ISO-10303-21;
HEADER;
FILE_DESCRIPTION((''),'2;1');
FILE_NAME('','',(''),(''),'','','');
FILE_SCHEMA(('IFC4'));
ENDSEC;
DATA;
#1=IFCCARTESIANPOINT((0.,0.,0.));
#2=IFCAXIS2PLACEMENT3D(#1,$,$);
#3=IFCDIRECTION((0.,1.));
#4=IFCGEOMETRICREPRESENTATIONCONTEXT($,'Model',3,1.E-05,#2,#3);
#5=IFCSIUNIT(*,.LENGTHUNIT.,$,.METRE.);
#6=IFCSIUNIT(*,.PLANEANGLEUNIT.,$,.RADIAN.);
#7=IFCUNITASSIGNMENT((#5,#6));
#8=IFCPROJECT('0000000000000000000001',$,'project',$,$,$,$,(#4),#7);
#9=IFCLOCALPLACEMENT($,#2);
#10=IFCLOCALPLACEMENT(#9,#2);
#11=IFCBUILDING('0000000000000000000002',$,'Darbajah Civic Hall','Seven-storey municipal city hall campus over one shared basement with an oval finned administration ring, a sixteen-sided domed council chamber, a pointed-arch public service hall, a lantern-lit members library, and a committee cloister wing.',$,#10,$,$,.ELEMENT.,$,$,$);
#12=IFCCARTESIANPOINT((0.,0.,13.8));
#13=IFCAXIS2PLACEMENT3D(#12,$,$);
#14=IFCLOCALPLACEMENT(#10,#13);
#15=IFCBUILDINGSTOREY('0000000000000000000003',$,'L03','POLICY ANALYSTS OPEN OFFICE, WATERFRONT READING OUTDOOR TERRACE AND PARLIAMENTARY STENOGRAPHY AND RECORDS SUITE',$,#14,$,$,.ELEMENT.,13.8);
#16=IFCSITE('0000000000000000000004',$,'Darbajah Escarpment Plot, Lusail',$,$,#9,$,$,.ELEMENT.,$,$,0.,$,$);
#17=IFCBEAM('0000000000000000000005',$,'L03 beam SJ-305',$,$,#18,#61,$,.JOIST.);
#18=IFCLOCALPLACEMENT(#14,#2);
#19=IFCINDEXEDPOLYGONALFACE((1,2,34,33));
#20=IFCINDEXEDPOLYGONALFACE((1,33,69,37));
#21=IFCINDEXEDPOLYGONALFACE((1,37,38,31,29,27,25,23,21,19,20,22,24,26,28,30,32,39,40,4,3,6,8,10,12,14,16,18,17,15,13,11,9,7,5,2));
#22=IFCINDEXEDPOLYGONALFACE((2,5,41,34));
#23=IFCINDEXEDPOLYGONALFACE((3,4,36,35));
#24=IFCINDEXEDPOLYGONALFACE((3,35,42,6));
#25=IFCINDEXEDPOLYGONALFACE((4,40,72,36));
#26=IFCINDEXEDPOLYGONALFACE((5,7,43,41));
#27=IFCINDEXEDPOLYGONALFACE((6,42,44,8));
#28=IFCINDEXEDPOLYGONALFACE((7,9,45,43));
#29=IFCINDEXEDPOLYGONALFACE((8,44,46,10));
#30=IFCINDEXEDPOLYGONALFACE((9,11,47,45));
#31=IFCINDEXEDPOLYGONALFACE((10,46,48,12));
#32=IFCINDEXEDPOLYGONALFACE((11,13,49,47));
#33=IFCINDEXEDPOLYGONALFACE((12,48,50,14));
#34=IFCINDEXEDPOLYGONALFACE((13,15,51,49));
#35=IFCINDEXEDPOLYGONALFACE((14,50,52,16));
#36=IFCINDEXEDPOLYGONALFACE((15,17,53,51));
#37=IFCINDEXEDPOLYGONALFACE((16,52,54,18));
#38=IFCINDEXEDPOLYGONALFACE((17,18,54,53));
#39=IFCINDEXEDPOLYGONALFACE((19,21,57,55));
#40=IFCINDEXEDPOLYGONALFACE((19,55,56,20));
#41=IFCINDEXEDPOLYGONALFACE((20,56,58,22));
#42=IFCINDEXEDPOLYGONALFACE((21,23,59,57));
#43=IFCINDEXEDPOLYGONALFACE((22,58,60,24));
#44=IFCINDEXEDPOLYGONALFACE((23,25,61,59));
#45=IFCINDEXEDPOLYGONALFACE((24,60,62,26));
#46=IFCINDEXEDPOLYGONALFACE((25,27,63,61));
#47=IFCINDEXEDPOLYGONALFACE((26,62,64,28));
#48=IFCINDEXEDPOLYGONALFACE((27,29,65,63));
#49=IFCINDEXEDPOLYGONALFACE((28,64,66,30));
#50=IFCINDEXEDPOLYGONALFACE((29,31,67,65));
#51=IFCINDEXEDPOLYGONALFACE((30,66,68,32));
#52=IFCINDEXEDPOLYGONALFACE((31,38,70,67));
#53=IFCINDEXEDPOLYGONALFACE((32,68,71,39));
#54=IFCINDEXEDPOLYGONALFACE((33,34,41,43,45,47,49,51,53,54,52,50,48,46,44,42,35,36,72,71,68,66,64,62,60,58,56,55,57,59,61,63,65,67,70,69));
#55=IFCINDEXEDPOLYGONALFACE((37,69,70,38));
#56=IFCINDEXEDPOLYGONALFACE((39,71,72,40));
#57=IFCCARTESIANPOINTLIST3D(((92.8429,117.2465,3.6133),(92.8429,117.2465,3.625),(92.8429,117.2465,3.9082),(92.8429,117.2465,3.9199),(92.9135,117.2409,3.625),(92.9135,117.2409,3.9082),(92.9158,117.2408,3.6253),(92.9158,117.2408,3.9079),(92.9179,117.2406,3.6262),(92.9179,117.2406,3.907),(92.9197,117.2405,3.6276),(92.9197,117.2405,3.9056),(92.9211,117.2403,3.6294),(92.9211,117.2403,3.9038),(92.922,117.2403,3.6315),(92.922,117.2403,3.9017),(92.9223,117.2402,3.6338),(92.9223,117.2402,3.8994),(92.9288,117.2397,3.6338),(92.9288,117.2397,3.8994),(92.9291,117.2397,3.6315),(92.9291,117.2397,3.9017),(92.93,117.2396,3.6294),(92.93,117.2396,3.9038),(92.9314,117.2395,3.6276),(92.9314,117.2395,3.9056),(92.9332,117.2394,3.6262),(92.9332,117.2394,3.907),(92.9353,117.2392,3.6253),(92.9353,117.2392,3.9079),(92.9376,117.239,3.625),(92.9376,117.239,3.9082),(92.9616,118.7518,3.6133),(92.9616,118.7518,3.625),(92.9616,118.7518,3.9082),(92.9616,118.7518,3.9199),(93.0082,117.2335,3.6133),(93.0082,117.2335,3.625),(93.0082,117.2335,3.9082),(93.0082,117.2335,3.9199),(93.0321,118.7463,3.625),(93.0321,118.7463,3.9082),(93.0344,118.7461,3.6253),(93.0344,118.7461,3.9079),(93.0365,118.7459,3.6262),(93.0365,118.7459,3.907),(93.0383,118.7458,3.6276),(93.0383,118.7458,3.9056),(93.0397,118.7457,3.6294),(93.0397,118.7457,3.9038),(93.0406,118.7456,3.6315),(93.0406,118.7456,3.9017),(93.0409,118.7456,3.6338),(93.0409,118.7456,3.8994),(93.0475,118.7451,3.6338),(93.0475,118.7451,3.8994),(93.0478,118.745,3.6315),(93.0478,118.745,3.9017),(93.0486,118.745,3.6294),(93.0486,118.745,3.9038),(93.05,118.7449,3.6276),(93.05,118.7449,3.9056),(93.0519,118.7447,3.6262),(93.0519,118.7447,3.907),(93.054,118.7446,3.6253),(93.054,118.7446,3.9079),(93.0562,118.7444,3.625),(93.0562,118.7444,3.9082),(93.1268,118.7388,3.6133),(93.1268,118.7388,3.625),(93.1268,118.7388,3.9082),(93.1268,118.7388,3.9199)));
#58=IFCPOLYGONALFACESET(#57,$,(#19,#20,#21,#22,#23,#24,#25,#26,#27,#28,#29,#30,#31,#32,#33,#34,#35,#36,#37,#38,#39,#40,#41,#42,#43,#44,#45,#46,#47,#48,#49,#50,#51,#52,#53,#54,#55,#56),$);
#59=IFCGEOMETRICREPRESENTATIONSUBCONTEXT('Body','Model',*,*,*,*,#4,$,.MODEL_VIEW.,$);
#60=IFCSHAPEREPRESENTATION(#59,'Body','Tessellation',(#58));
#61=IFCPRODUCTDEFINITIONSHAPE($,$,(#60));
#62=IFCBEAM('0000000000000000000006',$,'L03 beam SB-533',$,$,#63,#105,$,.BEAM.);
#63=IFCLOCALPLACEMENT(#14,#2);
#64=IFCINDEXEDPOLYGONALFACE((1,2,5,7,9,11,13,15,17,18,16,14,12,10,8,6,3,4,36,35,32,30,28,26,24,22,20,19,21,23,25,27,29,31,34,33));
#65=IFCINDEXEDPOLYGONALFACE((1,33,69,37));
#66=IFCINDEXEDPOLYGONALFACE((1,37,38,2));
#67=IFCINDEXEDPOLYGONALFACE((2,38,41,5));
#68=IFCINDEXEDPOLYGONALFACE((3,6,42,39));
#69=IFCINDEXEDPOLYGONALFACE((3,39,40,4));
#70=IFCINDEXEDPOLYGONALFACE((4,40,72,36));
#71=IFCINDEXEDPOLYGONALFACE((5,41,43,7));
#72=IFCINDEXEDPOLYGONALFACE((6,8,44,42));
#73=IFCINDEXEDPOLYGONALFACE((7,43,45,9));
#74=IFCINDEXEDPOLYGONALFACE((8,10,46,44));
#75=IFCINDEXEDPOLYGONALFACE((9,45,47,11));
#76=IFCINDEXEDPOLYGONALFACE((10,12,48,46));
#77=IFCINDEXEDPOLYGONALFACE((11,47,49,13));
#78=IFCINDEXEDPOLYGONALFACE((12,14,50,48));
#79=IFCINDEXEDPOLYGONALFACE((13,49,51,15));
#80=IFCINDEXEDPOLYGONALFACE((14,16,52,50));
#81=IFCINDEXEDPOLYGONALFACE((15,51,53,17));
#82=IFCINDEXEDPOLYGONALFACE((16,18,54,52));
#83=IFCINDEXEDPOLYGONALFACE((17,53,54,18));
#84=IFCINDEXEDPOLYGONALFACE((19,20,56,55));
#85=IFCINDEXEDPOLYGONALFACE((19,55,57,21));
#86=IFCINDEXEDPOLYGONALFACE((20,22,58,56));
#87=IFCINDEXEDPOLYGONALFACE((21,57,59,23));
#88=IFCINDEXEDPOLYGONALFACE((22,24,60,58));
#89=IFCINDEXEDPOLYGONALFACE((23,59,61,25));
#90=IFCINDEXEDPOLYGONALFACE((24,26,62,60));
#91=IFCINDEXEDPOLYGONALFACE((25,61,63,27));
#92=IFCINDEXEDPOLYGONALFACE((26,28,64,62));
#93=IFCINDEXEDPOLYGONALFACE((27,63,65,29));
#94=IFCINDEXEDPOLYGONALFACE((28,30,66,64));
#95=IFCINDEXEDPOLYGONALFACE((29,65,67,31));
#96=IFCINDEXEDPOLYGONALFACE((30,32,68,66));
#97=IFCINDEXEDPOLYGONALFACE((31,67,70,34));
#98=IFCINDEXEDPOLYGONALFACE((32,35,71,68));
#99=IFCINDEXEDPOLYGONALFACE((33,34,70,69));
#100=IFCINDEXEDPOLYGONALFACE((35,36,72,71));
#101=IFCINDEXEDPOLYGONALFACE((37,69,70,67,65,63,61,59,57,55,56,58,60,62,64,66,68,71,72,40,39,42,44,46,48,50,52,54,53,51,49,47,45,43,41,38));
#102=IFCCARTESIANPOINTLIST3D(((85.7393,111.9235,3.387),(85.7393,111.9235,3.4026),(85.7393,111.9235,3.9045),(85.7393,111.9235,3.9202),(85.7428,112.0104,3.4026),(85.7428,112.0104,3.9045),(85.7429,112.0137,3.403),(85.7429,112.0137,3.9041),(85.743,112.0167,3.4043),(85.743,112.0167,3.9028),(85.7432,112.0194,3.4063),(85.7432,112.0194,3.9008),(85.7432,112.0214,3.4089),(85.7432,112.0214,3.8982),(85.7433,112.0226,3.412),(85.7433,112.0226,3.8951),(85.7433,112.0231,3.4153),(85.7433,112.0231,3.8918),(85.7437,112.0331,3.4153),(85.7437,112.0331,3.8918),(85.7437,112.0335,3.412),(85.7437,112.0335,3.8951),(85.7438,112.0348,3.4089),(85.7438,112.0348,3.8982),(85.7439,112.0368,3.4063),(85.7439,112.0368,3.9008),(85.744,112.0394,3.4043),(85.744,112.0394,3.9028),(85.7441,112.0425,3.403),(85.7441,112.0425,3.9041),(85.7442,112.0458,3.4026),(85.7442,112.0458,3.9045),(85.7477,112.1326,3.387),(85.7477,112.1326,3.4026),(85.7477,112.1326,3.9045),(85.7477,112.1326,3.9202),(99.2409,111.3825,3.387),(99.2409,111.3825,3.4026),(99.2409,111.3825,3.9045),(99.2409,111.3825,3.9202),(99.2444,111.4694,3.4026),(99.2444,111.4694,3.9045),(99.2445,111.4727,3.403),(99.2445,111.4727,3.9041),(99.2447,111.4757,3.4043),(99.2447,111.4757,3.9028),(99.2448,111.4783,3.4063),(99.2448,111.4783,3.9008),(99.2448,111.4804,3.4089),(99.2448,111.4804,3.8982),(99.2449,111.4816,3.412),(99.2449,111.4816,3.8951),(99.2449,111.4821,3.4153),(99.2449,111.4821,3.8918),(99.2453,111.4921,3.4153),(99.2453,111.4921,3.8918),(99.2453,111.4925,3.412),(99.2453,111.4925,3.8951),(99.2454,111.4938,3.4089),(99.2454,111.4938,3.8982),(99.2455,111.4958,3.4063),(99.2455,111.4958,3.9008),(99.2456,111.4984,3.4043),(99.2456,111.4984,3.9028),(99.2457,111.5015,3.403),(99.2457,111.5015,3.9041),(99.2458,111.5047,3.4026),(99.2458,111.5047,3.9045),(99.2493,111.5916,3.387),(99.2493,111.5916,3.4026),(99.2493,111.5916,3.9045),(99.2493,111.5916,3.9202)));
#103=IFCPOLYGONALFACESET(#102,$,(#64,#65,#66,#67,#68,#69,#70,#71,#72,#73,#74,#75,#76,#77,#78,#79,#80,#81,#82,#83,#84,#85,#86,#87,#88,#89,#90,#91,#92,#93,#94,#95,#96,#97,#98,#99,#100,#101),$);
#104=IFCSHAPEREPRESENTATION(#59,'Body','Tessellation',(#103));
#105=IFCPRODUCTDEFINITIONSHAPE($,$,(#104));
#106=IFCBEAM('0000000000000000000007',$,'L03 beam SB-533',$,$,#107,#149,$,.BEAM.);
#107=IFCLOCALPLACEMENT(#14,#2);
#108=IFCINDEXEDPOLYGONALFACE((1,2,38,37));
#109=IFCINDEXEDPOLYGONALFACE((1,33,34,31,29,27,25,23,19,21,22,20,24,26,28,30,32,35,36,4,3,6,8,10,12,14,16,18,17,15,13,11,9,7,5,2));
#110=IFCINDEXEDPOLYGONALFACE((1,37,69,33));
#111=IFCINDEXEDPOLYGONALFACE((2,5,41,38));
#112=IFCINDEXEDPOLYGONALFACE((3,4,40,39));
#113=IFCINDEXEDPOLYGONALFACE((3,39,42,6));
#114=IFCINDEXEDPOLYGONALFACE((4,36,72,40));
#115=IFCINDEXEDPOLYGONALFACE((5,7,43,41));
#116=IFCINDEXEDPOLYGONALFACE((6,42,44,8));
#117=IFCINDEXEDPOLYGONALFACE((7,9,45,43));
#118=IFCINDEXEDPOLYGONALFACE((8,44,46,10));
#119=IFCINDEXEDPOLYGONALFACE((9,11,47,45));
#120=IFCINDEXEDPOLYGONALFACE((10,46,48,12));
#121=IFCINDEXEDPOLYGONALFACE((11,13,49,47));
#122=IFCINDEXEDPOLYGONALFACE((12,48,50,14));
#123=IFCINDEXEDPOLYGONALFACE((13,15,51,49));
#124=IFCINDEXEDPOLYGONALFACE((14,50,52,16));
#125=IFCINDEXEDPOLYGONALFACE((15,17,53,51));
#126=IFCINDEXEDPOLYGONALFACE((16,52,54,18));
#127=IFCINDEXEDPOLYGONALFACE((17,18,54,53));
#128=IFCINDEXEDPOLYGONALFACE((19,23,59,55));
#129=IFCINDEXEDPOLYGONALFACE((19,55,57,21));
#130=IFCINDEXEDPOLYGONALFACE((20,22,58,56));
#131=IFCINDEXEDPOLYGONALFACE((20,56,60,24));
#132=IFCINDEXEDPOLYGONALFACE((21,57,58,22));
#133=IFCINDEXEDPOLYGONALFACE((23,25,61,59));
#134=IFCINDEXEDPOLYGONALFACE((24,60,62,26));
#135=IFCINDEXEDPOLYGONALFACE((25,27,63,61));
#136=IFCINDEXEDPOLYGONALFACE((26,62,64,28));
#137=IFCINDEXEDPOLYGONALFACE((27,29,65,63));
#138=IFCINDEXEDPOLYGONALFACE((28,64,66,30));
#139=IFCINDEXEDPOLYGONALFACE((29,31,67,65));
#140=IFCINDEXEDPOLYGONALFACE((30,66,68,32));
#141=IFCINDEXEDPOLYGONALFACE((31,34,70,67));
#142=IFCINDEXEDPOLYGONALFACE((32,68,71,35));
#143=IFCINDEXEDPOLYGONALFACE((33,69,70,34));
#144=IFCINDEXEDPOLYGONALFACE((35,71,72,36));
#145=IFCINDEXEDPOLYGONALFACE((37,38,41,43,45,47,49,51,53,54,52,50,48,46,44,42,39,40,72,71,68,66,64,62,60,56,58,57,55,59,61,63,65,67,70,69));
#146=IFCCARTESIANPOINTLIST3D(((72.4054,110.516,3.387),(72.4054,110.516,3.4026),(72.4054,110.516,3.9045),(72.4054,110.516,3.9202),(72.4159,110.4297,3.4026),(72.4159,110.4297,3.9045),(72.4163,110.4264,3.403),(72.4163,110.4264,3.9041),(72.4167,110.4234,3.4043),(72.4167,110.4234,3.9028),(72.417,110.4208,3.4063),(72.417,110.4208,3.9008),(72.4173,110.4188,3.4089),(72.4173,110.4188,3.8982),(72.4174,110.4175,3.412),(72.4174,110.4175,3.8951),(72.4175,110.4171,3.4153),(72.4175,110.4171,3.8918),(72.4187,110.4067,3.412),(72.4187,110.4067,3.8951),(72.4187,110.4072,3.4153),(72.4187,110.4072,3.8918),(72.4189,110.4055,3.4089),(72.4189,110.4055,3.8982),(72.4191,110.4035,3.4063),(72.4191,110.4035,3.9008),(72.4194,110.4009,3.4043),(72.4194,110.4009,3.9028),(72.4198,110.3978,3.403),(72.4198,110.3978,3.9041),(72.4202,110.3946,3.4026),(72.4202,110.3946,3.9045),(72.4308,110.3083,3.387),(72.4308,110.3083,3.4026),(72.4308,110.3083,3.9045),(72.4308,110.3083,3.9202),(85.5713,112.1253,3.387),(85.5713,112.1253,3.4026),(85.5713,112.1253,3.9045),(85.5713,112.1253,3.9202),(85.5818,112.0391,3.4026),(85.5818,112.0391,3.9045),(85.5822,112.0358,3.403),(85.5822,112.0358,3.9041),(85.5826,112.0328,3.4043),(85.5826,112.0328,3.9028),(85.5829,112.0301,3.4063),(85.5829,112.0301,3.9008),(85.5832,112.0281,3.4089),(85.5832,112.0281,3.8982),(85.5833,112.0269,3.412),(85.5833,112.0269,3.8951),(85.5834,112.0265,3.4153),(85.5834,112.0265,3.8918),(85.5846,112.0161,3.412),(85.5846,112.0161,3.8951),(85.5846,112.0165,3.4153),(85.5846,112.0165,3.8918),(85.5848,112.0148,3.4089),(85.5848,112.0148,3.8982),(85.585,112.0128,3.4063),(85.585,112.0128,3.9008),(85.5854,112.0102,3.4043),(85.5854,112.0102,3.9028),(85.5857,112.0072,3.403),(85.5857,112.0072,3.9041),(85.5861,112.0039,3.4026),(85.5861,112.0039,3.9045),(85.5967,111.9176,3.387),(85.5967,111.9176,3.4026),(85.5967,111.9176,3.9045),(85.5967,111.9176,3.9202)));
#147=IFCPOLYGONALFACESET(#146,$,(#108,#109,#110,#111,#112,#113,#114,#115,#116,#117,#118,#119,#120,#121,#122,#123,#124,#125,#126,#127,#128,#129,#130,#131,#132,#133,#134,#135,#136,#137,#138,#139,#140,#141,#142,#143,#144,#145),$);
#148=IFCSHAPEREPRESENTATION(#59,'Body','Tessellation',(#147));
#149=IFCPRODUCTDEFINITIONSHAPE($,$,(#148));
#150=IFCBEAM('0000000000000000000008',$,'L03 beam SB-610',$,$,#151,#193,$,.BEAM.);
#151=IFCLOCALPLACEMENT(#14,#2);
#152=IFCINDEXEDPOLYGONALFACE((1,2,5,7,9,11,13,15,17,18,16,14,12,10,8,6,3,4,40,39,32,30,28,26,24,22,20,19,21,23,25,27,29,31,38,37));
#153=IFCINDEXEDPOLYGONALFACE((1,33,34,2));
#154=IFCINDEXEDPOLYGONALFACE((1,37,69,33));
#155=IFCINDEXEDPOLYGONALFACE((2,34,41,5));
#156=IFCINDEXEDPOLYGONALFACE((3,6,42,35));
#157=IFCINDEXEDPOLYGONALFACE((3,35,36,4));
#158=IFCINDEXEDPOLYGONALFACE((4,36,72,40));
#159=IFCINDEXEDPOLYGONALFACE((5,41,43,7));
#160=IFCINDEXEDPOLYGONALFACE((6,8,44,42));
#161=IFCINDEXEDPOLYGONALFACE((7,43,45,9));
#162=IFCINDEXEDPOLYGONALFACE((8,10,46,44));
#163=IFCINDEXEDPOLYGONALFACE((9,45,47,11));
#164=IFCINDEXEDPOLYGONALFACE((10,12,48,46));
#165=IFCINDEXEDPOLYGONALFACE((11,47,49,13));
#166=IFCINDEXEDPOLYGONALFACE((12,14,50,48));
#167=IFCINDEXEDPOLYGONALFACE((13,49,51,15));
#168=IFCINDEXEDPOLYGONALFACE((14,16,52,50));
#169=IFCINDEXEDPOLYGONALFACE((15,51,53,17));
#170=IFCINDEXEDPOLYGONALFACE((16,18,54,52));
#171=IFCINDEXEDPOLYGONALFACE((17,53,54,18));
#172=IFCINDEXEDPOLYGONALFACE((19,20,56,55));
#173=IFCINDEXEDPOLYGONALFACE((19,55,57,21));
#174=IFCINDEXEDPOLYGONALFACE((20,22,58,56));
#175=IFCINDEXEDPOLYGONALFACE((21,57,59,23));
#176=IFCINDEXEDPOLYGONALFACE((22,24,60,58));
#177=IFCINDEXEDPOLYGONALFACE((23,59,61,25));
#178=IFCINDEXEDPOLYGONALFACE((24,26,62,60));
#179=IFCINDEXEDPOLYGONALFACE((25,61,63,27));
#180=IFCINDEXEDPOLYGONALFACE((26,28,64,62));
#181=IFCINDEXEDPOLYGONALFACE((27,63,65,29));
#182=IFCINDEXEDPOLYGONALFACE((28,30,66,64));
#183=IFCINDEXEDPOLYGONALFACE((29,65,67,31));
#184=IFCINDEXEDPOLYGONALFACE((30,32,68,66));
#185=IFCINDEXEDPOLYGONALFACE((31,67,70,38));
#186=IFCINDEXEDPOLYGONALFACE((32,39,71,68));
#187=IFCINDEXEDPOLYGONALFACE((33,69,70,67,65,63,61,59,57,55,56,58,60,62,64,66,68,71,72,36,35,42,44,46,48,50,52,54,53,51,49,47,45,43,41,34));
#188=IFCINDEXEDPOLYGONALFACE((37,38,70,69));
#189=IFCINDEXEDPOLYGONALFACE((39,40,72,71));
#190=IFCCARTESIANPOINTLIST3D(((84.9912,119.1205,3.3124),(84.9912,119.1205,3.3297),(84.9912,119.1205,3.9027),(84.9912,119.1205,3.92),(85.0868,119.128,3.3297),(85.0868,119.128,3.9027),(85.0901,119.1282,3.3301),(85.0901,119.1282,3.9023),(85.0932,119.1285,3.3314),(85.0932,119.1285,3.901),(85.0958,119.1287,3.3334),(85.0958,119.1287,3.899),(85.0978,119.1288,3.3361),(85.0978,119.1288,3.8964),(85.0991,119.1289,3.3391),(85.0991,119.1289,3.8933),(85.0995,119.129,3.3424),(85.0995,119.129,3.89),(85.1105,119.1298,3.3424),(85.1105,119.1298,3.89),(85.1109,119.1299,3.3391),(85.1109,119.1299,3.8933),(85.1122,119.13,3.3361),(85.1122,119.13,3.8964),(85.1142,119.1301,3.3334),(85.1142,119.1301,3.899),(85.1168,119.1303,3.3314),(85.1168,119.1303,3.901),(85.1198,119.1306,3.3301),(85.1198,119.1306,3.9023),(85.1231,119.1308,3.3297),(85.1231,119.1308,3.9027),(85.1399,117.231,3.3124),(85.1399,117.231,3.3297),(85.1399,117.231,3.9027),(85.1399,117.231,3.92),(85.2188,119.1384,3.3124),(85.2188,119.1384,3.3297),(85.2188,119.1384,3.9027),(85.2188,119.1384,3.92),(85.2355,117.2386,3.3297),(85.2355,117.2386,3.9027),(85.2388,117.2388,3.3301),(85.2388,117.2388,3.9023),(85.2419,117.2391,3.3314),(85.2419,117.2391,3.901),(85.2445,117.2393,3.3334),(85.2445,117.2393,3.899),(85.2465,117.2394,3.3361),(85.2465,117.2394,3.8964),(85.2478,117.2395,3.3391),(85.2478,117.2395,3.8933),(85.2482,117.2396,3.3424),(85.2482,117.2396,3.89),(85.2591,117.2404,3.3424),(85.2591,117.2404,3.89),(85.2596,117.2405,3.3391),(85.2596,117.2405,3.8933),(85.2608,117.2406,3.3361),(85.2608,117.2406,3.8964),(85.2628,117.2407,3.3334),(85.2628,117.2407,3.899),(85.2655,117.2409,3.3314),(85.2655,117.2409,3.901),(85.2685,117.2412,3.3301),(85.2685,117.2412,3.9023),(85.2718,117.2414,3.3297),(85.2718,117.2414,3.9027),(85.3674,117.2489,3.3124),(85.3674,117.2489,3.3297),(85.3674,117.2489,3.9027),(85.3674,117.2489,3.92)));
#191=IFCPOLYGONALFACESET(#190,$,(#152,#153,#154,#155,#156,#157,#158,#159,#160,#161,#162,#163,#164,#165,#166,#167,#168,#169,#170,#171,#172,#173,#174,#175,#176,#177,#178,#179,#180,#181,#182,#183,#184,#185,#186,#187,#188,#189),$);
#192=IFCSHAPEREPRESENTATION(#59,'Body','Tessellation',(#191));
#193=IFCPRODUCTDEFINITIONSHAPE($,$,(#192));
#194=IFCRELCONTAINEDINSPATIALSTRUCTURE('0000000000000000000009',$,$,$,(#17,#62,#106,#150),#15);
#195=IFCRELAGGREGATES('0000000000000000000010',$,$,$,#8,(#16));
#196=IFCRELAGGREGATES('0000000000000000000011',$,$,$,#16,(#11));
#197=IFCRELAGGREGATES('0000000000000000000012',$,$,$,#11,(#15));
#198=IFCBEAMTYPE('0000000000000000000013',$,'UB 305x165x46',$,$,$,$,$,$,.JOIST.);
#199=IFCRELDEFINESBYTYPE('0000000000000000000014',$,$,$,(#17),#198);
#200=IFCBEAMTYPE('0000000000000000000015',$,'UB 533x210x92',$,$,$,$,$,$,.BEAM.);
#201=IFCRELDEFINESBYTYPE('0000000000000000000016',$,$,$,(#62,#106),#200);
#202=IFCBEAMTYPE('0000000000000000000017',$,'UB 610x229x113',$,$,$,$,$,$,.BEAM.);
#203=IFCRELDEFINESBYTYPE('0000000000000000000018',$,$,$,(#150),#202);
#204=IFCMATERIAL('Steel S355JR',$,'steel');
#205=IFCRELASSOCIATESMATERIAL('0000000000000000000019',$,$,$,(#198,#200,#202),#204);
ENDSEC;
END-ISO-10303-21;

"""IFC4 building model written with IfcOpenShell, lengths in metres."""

from ifc_helpers import new_model, si_unit, direction, frame, origin, origin_2d, place, context, subcontext, project, spatial, i_section, extrude, material, material_profile, profile_set, type_object, element, save


model = new_model("IFC4")

# Units and contexts
model_context = context("Model", 3, precision=1e-05, world=origin(), true_north=direction((0.0, 1.0)))
body_context = subcontext(model_context, "Body", "Model", "MODEL_VIEW")
ifc_project = project(units=[si_unit("LENGTHUNIT", "METRE"), si_unit("PLANEANGLEUNIT", "RADIAN")], contexts=[model_context])

# Site, building, storey
site_placement = place(None, origin())
site = spatial("IfcSite", under=ifc_project, at=site_placement, Name="Darbajah Escarpment Plot, Lusail", CompositionType="ELEMENT", RefElevation=0.0)
building_placement = place(site_placement, origin())
building = spatial("IfcBuilding", under=site, at=building_placement, Name="Darbajah Civic Hall", Description="Seven-storey municipal city hall campus over one shared basement with an oval finned administration ring, a sixteen-sided domed council chamber, a pointed-arch public service hall, a lantern-lit members library, and a committee cloister wing.", CompositionType="ELEMENT")
storey_placement = place(building_placement, frame((0.0, 0.0, 13.8)))
storey = spatial("IfcBuildingStorey", under=building, at=storey_placement, Name="L03", Description="POLICY ANALYSTS OPEN OFFICE, WATERFRONT READING OUTDOOR TERRACE AND PARLIAMENTARY STENOGRAPHY AND RECORDS SUITE", CompositionType="ELEMENT", Elevation=13.8)

# Beams
ifc_material_1 = material(Name="Steel S355JR", Category="steel")
ifc_material_profile_1 = material_profile(ifc_material_1, i_section(OverallWidth=0.1658, OverallDepth=0.3066, WebThickness=0.0066, FlangeThickness=0.0117, FilletRadius=0.0088, at=origin_2d()), Name="UB 305x165x46")
ifc_profile_set_1 = profile_set([ifc_material_profile_1], Name="Steel S355JR")
beam_type_1 = type_object("IfcBeamType", Name="UB 305x165x46", PredefinedType="JOIST", material=ifc_profile_set_1)
beam_1_placement = place(storey_placement, frame((92.9255, 117.24, 3.7666), z_axis=(0.078576, 0.996908, 0.0), x_axis=(-0.996908, 0.078576, 0.0)))
element("IfcBeam", 1, at=beam_1_placement, inside=storey, type_object=beam_type_1, Name="L03 beam SJ-305", PredefinedType="JOIST", context=body_context, shape_type="SweptSolid", body=[
    extrude(i_section(OverallWidth=0.1658, OverallDepth=0.3066, WebThickness=0.0066, FlangeThickness=0.0117, FilletRadius=0.0088, at=origin_2d()), origin(), (0.0, 0.0, 1.0), 1.51),
])
ifc_material_profile_2 = material_profile(ifc_material_1, i_section(OverallWidth=0.2092, OverallDepth=0.5332, WebThickness=0.01, FlangeThickness=0.0156, FilletRadius=0.0127, at=origin_2d()), Name="UB 533x210x92")
ifc_profile_set_2 = profile_set([ifc_material_profile_2], Name="Steel S355JR")
beam_type_2 = type_object("IfcBeamType", Name="UB 533x210x92", PredefinedType="BEAM", material=ifc_profile_set_2)
beam_2_placement = place(storey_placement, frame((99.2451, 111.4871, 3.6536), z_axis=(-0.999198, 0.040038, 0.0), x_axis=(-0.040038, -0.999198, 0.0)))
element("IfcBeam", 2, at=beam_2_placement, inside=storey, type_object=beam_type_2, Name="L03 beam SB-533", PredefinedType="BEAM", context=body_context, shape_type="SweptSolid", body=[
    extrude(i_section(OverallWidth=0.2092, OverallDepth=0.5332, WebThickness=0.01, FlangeThickness=0.0156, FilletRadius=0.0127, at=origin_2d()), origin(), (0.0, 0.0, 1.0), 13.5125),
])
beam_3_placement = place(storey_placement, frame((85.584, 112.0215, 3.6536), z_axis=(-0.992612, -0.121334, 0.0), x_axis=(0.121334, -0.992612, 0.0)))
element("IfcBeam", 3, at=beam_3_placement, inside=storey, type_object=beam_type_2, Name="L03 beam SB-533", PredefinedType="BEAM", context=body_context, shape_type="SweptSolid", body=[
    extrude(i_section(OverallWidth=0.2092, OverallDepth=0.5332, WebThickness=0.01, FlangeThickness=0.0156, FilletRadius=0.0127, at=origin_2d()), origin(), (0.0, 0.0, 1.0), 13.2639),
])
ifc_material_profile_3 = material_profile(ifc_material_1, i_section(OverallWidth=0.2283, OverallDepth=0.6077, WebThickness=0.011, FlangeThickness=0.0173, FilletRadius=0.0127, at=origin_2d()), Name="UB 610x229x113")
ifc_profile_set_3 = profile_set([ifc_material_profile_3], Name="Steel S355JR")
beam_type_3 = type_object("IfcBeamType", Name="UB 610x229x113", PredefinedType="BEAM", material=ifc_profile_set_3)
beam_4_placement = place(storey_placement, frame((85.2537, 117.24, 3.6162), z_axis=(-0.07845, 0.996918, 0.0), x_axis=(-0.996918, -0.07845, 0.0)))
element("IfcBeam", 4, at=beam_4_placement, inside=storey, type_object=beam_type_3, Name="L03 beam SB-610", PredefinedType="BEAM", context=body_context, shape_type="SweptSolid", body=[
    extrude(i_section(OverallWidth=0.2283, OverallDepth=0.6077, WebThickness=0.011, FlangeThickness=0.0173, FilletRadius=0.0127, at=origin_2d()), origin(), (0.0, 0.0, 1.0), 1.8953),
])

save(model, "model.ifc")
